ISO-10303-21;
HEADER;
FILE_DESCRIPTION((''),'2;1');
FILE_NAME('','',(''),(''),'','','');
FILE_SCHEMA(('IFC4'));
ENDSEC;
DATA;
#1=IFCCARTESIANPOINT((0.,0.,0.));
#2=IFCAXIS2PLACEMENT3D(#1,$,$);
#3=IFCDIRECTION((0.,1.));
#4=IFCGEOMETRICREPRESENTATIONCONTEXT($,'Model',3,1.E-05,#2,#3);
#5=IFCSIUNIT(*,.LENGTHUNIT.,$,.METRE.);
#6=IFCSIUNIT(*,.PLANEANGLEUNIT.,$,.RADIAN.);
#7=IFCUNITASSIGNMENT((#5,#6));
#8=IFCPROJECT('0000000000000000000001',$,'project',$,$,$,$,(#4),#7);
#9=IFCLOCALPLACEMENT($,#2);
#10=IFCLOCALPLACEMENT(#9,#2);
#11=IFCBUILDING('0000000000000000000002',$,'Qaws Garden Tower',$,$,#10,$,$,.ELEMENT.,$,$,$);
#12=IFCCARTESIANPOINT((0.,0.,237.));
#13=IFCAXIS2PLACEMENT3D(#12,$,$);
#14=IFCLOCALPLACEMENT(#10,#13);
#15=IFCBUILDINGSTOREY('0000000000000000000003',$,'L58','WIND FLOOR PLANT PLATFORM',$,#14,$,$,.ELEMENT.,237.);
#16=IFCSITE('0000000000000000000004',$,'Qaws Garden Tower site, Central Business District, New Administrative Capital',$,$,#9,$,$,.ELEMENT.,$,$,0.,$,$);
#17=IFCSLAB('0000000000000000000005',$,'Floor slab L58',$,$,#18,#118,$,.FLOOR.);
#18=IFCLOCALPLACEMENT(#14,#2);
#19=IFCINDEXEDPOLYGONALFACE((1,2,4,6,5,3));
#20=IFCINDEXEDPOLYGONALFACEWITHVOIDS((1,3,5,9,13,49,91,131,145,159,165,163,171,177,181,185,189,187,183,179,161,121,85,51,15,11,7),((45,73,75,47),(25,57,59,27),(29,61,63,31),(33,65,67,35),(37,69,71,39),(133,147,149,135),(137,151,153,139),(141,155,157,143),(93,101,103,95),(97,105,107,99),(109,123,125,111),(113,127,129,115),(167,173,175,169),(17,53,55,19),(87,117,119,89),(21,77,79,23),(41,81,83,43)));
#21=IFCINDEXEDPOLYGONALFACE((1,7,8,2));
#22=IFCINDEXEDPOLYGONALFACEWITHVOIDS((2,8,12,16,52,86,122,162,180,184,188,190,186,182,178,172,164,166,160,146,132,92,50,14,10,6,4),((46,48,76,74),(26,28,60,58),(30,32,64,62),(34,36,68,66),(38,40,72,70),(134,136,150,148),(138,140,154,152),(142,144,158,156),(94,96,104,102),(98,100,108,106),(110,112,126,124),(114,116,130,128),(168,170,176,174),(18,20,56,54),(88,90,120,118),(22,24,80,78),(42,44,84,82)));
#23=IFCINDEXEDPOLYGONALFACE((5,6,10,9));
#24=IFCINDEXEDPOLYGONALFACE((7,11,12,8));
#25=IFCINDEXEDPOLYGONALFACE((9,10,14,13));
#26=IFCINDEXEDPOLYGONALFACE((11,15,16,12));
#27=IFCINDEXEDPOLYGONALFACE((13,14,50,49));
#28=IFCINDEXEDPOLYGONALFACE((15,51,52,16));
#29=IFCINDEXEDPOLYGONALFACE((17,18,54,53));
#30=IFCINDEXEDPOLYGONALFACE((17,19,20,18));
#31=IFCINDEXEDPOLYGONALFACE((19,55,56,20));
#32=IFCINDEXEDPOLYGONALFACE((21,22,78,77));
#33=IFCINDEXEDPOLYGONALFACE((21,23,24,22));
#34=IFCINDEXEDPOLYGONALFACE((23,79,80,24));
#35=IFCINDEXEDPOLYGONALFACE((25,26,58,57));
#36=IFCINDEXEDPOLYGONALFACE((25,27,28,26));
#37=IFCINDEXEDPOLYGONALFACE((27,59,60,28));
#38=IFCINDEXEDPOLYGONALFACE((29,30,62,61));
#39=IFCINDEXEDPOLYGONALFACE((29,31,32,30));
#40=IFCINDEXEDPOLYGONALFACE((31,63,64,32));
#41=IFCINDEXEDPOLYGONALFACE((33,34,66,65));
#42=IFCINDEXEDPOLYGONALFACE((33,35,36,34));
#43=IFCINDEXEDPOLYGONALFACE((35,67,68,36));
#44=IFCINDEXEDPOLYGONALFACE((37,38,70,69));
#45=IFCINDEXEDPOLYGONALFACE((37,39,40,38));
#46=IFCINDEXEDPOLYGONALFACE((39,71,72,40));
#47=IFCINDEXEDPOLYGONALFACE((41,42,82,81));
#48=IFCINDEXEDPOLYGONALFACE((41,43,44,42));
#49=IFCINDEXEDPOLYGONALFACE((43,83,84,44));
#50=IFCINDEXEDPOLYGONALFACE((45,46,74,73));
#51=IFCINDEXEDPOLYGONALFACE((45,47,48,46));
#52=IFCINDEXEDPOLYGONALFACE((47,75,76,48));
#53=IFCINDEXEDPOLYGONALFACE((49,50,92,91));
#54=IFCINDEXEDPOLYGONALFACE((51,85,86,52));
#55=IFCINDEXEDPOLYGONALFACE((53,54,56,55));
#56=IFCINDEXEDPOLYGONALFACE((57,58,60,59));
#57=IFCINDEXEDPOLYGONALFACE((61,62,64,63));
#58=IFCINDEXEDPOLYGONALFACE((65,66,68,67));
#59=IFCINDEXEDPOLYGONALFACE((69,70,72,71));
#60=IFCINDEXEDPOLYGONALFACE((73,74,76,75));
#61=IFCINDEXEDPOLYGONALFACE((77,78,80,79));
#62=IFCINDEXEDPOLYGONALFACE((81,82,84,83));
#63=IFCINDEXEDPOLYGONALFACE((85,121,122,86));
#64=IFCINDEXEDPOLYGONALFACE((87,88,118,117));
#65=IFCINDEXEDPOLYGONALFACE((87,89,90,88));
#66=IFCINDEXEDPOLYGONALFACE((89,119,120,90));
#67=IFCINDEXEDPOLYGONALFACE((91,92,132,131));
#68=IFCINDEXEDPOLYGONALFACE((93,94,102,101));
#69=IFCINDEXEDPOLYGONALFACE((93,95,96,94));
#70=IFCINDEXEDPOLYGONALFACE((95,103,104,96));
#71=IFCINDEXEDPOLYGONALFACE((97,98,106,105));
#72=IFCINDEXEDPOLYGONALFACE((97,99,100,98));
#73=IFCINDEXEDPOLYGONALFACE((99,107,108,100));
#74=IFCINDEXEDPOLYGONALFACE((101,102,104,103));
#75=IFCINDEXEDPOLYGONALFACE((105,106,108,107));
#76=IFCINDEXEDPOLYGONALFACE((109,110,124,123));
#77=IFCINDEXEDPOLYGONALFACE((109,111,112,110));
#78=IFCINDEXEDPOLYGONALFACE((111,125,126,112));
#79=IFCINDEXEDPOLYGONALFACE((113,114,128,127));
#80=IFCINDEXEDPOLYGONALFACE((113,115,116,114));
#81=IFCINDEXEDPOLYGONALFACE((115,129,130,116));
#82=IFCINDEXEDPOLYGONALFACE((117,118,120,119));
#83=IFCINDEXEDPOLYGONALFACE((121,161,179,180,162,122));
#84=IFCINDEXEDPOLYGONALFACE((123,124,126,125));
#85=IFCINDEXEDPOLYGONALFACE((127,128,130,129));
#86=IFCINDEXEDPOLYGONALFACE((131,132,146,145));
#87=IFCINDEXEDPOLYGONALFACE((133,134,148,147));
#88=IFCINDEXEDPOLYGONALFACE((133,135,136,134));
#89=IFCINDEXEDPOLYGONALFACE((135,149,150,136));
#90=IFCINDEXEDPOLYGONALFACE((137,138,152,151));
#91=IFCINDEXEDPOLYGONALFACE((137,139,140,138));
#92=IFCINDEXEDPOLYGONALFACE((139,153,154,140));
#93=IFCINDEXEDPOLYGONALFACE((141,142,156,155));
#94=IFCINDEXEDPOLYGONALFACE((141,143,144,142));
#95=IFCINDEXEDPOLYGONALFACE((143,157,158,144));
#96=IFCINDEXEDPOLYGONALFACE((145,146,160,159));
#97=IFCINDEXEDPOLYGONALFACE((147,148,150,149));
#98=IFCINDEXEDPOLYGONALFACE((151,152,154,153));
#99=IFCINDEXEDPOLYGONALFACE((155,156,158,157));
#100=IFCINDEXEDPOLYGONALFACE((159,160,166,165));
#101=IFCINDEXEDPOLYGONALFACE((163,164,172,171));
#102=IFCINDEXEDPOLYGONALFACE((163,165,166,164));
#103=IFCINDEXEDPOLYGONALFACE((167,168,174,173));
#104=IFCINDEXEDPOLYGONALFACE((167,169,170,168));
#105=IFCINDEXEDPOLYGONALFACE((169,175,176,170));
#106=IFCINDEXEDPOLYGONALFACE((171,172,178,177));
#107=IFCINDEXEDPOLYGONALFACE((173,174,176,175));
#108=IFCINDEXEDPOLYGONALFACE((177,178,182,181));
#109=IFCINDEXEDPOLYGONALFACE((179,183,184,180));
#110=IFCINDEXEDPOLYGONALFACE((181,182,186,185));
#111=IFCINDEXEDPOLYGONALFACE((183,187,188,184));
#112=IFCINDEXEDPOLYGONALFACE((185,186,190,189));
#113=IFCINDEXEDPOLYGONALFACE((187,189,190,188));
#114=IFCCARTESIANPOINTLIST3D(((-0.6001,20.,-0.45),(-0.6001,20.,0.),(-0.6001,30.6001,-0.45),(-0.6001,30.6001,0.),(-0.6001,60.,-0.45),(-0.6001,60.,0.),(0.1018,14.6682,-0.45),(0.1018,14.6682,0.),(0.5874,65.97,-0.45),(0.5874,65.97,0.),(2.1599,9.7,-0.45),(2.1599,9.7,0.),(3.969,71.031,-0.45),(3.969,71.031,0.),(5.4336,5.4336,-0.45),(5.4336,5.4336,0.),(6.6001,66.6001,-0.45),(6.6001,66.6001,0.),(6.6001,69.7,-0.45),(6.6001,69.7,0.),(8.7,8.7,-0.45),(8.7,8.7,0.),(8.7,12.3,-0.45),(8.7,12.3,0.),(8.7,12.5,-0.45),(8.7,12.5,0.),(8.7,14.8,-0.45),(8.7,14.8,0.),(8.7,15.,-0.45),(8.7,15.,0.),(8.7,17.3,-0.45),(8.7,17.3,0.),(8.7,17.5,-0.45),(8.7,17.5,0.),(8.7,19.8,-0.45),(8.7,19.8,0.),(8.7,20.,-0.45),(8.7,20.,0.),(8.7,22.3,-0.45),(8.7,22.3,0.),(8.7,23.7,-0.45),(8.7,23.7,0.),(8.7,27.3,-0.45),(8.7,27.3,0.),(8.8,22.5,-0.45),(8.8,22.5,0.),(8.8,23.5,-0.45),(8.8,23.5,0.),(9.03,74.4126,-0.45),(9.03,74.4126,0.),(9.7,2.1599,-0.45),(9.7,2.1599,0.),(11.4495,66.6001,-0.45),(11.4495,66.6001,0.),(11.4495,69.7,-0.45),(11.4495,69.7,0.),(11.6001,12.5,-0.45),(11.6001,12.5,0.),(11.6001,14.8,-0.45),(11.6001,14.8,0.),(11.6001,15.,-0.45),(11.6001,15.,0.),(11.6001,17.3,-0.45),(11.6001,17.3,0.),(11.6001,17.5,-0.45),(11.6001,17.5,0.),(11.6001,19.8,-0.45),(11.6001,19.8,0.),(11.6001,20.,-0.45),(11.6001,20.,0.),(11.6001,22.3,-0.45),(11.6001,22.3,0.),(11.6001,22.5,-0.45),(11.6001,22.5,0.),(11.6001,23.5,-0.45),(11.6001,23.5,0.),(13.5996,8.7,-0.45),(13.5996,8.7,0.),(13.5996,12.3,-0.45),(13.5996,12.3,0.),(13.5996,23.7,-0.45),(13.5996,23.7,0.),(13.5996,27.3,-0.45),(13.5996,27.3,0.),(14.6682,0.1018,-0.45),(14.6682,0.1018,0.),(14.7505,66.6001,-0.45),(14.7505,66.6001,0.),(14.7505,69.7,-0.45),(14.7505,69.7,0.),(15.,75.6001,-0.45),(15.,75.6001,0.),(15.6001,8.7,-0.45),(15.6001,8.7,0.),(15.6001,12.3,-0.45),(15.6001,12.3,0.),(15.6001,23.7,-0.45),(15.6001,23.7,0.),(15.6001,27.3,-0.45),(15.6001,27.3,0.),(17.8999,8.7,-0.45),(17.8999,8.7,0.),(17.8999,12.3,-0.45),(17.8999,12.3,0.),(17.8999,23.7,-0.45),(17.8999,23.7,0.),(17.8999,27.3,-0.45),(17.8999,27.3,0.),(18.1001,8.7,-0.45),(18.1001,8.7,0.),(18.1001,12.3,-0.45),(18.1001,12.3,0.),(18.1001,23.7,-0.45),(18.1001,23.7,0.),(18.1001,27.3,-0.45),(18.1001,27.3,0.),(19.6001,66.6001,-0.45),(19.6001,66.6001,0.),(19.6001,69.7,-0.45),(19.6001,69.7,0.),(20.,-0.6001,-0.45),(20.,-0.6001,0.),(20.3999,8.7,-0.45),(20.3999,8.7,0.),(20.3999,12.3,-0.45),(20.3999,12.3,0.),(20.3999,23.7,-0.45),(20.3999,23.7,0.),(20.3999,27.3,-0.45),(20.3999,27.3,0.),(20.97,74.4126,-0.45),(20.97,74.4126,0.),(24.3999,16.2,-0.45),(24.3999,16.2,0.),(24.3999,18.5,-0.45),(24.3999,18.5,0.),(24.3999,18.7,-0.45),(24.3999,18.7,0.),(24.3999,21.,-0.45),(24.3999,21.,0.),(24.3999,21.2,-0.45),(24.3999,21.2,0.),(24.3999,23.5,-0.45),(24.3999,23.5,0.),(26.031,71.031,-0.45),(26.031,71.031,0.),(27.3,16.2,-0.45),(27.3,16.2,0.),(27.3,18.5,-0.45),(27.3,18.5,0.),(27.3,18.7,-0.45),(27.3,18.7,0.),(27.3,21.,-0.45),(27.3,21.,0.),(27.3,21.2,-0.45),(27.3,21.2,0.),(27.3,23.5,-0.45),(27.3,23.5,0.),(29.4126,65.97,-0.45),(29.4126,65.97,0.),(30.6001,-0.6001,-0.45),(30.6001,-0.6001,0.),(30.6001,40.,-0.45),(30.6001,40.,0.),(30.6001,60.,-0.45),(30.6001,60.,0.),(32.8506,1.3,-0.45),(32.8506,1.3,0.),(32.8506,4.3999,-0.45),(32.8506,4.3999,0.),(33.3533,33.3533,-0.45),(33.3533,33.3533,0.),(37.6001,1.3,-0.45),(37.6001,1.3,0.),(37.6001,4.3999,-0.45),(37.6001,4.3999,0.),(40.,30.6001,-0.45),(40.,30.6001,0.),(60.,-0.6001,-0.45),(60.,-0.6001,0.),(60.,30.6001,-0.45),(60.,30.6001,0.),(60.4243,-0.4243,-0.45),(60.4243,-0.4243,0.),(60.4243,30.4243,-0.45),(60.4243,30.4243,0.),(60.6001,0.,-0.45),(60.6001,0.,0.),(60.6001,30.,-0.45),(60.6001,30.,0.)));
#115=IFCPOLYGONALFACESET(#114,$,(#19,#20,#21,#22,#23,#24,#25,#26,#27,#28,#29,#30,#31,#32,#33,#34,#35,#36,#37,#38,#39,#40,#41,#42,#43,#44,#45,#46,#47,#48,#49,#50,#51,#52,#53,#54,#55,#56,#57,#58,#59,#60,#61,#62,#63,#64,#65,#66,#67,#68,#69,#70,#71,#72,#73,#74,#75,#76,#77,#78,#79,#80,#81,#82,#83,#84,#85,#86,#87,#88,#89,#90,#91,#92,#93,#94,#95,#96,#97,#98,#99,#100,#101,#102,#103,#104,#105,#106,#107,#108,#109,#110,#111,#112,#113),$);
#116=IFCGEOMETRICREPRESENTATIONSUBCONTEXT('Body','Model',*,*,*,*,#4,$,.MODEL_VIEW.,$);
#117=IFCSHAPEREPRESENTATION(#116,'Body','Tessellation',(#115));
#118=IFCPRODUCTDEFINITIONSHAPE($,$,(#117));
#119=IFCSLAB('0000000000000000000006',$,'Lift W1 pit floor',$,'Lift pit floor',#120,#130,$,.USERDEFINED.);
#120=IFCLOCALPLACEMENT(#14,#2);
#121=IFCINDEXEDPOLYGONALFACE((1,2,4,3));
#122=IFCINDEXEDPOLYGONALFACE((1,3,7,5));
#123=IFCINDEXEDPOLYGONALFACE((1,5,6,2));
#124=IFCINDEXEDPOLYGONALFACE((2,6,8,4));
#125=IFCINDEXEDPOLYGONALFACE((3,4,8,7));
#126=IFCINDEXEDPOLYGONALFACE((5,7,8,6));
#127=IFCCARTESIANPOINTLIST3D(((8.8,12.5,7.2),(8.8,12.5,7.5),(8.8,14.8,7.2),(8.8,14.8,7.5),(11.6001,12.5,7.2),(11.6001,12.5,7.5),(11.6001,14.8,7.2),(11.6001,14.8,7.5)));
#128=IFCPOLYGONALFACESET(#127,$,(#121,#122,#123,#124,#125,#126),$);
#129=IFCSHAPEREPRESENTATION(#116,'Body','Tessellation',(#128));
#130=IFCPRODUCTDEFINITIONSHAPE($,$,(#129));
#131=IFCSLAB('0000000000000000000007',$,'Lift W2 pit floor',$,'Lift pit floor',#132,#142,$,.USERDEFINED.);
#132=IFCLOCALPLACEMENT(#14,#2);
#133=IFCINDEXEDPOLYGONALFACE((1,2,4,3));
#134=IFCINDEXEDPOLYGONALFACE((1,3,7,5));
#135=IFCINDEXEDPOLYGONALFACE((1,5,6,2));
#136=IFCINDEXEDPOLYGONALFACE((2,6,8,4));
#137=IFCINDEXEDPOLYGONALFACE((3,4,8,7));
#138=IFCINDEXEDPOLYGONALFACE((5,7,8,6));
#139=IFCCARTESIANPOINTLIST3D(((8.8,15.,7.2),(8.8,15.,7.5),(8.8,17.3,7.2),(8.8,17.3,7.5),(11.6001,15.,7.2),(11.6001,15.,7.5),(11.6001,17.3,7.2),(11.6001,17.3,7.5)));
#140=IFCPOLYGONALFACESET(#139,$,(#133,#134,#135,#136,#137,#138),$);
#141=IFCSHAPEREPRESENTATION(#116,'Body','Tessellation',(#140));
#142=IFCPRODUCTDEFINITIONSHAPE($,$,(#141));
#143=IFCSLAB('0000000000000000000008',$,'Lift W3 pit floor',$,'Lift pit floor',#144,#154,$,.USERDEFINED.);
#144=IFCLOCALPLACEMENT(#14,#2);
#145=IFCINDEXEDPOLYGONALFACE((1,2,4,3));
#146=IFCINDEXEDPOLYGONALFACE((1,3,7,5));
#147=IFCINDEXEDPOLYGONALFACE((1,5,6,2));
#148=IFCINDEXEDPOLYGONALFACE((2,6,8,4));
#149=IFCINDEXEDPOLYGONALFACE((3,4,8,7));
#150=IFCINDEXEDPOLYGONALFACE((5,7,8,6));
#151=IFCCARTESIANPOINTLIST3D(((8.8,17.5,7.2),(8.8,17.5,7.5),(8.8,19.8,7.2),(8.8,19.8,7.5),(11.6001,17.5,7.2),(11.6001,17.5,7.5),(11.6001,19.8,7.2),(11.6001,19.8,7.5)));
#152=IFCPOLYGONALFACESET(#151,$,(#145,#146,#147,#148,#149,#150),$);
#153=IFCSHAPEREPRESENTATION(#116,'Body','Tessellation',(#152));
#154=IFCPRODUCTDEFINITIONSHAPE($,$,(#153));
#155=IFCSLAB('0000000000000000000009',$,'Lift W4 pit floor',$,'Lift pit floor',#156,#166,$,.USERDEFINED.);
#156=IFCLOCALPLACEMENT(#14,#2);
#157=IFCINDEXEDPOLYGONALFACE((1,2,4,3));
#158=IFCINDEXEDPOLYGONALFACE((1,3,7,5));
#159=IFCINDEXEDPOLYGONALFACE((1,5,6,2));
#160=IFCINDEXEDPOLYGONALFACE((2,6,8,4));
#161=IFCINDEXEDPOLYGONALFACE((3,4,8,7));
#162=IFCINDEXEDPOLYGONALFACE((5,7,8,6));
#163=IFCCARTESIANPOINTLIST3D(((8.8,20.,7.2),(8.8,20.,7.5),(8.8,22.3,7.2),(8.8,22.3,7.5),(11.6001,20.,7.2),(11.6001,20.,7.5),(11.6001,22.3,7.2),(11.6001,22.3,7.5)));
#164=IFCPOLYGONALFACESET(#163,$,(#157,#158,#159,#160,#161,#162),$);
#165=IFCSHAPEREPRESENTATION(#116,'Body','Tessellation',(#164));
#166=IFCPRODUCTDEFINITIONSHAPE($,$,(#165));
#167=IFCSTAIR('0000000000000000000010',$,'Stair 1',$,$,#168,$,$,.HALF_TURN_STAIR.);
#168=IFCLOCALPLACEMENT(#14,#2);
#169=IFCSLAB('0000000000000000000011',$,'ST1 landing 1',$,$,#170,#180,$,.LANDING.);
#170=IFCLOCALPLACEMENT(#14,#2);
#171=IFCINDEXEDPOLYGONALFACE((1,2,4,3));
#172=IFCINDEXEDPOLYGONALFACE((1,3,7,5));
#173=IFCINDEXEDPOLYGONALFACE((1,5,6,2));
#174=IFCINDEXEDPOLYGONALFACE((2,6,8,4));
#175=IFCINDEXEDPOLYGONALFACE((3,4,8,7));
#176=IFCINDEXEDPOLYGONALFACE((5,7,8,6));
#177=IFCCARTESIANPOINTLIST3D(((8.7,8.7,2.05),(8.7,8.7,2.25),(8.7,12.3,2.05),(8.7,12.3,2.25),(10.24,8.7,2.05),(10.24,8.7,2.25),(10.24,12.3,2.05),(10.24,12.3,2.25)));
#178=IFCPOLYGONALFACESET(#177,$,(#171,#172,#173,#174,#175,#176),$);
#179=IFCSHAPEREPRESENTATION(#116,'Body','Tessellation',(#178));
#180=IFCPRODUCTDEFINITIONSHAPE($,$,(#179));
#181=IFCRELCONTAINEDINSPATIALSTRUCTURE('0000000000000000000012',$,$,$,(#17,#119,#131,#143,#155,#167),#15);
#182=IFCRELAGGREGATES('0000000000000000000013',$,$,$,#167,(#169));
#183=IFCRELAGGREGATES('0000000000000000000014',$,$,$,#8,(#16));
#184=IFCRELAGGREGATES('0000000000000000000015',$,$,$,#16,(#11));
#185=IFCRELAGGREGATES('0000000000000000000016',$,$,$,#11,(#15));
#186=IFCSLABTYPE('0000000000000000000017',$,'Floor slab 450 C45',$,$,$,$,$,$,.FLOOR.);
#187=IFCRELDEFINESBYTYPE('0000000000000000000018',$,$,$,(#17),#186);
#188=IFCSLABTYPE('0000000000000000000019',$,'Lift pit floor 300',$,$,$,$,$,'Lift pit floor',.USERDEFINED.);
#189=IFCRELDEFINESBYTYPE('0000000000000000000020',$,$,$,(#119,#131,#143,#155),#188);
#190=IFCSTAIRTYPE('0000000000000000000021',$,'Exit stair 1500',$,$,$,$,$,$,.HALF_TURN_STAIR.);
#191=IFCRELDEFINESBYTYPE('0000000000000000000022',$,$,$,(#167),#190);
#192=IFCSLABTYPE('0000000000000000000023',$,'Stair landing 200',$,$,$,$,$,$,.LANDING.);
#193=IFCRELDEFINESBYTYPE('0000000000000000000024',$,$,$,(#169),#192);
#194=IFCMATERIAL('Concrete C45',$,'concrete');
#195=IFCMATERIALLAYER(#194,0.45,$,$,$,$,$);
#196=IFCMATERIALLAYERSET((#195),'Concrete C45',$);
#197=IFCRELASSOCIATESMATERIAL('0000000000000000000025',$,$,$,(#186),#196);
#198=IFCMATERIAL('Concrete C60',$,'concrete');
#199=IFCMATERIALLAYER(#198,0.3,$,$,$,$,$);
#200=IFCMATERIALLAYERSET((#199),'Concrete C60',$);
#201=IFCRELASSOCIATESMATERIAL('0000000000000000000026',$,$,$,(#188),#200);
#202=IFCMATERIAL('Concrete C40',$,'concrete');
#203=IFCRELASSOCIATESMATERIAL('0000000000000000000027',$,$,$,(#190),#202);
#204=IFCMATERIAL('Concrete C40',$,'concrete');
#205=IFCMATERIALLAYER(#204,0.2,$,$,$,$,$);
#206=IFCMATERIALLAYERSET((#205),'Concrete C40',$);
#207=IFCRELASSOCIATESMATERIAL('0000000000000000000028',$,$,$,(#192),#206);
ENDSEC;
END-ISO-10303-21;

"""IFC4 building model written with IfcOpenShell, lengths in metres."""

from ifc_helpers import new_model, si_unit, direction, frame, origin, place, context, subcontext, project, spatial, polyline, outline, extrude, material, layer, layer_set, type_object, element, aggregate, save


model = new_model("IFC4")

# Units and contexts
model_context = context("Model", 3, precision=1e-05, world=origin(), true_north=direction((0.0, 1.0)))
body_context = subcontext(model_context, "Body", "Model", "MODEL_VIEW")
ifc_project = project(units=[si_unit("LENGTHUNIT", "METRE"), si_unit("PLANEANGLEUNIT", "RADIAN")], contexts=[model_context])

# Site, building, storey
site_placement = place(None, origin())
site = spatial("IfcSite", under=ifc_project, at=site_placement, Name="Qaws Garden Tower site, Central Business District, New Administrative Capital", CompositionType="ELEMENT", RefElevation=0.0)
building_placement = place(site_placement, origin())
building = spatial("IfcBuilding", under=site, at=building_placement, Name="Qaws Garden Tower", CompositionType="ELEMENT")
storey_placement = place(building_placement, frame((0.0, 0.0, 237.0)))
storey = spatial("IfcBuildingStorey", under=building, at=storey_placement, Name="L58", Description="WIND FLOOR PLANT PLATFORM", CompositionType="ELEMENT", Elevation=237.0)

# Slabs
ifc_material_1 = material(Name="Concrete C45", Category="concrete")
ifc_layer_1 = layer(ifc_material_1, 0.45)
ifc_layer_set_1 = layer_set([ifc_layer_1], Name="Concrete C45")
slab_type_1 = type_object("IfcSlabType", Name="Floor slab 450 C45", PredefinedType="FLOOR", material=ifc_layer_set_1)
slab_1_placement = place(storey_placement, frame((0.0, 0.0, -0.45)))
element("IfcSlab", 1, at=slab_1_placement, inside=storey, type_object=slab_type_1, Name="Floor slab L58", PredefinedType="FLOOR", context=body_context, shape_type="SweptSolid", body=[
    extrude(outline(polyline([(0.1018, 14.6682), (-0.6001, 20.0), (-0.6001, 30.6001), (-0.6001, 60.0), (-0.6001, 60.0), (0.5874, 65.97), (3.969, 71.031), (9.03, 74.4126), (15.0, 75.6001), (20.97, 74.4126), (26.031, 71.031), (29.4126, 65.97), (30.6001, 60.0), (30.6001, 40.0), (33.3533, 33.3533), (40.0, 30.6001), (60.0, 30.6001), (60.4243, 30.4243), (60.6001, 30.0), (60.6001, 0.0), (60.4243, -0.4243), (60.0, -0.6001), (30.6001, -0.6001), (20.0, -0.6001), (14.6682, 0.1018), (9.7, 2.1599), (5.4336, 5.4336), (2.1599, 9.7), (0.1018, 14.6682)]), holes=[polyline([(13.5996, 12.3), (8.7, 12.3), (8.7, 8.7), (13.5996, 8.7), (13.5996, 12.3)]), polyline([(17.8999, 12.3), (15.6001, 12.3), (15.6001, 8.7), (17.8999, 8.7), (17.8999, 12.3)]), polyline([(11.6001, 14.8), (8.7, 14.8), (8.7, 12.5), (11.6001, 12.5), (11.6001, 14.8)]), polyline([(11.6001, 17.3), (8.7, 17.3), (8.7, 15.0), (11.6001, 15.0), (11.6001, 17.3)]), polyline([(11.6001, 19.8), (8.7, 19.8), (8.7, 17.5), (11.6001, 17.5), (11.6001, 19.8)]), polyline([(11.6001, 22.3), (8.7, 22.3), (8.7, 20.0), (11.6001, 20.0), (11.6001, 22.3)]), polyline([(11.6001, 23.5), (8.8, 23.5), (8.8, 22.5), (11.6001, 22.5), (11.6001, 23.5)]), polyline([(13.5996, 27.3), (8.7, 27.3), (8.7, 23.7), (13.5996, 23.7), (13.5996, 27.3)]), polyline([(11.4495, 69.7), (6.6001, 69.7), (6.6001, 66.6001), (11.4495, 66.6001), (11.4495, 69.7)]), polyline([(37.6001, 4.3999), (32.8506, 4.3999), (32.8506, 1.3), (37.6001, 1.3), (37.6001, 4.3999)]), polyline([(20.3999, 12.3), (18.1001, 12.3), (18.1001, 8.7), (20.3999, 8.7), (20.3999, 12.3)]), polyline([(27.3, 18.5), (24.3999, 18.5), (24.3999, 16.2), (27.3, 16.2), (27.3, 18.5)]), polyline([(27.3, 21.0), (24.3999, 21.0), (24.3999, 18.7), (27.3, 18.7), (27.3, 21.0)]), polyline([(27.3, 23.5), (24.3999, 23.5), (24.3999, 21.2), (27.3, 21.2), (27.3, 23.5)]), polyline([(17.8999, 27.3), (15.6001, 27.3), (15.6001, 23.7), (17.8999, 23.7), (17.8999, 27.3)]), polyline([(20.3999, 23.7), (20.3999, 27.3), (18.1001, 27.3), (18.1001, 23.7), (20.3999, 23.7)]), polyline([(19.6001, 66.6001), (19.6001, 69.7), (14.7505, 69.7), (14.7505, 66.6001), (19.6001, 66.6001)])]), origin(), (0.0, 0.0, 1.0), 0.45),
])
ifc_material_2 = material(Name="Concrete C60", Category="concrete")
ifc_layer_2 = layer(ifc_material_2, 0.3)
ifc_layer_set_2 = layer_set([ifc_layer_2], Name="Concrete C60")
slab_type_2 = type_object("IfcSlabType", Name="Lift pit floor 300", ElementType="Lift pit floor", PredefinedType="USERDEFINED", material=ifc_layer_set_2)
placement_1 = place(storey_placement, frame((0.0, 0.0, 7.2)))
element("IfcSlab", 2, at=placement_1, inside=storey, type_object=slab_type_2, Name="Lift W1 pit floor", ObjectType="Lift pit floor", PredefinedType="USERDEFINED", context=body_context, shape_type="SweptSolid", body=[
    extrude(outline(polyline([(8.8, 12.5), (11.6001, 12.5), (11.6001, 14.8), (8.8, 14.8), (8.8, 12.5)])), origin(), (0.0, 0.0, 1.0), 0.3),
])
element("IfcSlab", 3, at=placement_1, inside=storey, type_object=slab_type_2, Name="Lift W2 pit floor", ObjectType="Lift pit floor", PredefinedType="USERDEFINED", context=body_context, shape_type="SweptSolid", body=[
    extrude(outline(polyline([(8.8, 15.0), (11.6001, 15.0), (11.6001, 17.3), (8.8, 17.3), (8.8, 15.0)])), origin(), (0.0, 0.0, 1.0), 0.3),
])
element("IfcSlab", 4, at=placement_1, inside=storey, type_object=slab_type_2, Name="Lift W3 pit floor", ObjectType="Lift pit floor", PredefinedType="USERDEFINED", context=body_context, shape_type="SweptSolid", body=[
    extrude(outline(polyline([(8.8, 17.5), (11.6001, 17.5), (11.6001, 19.8), (8.8, 19.8), (8.8, 17.5)])), origin(), (0.0, 0.0, 1.0), 0.3),
])
element("IfcSlab", 5, at=placement_1, inside=storey, type_object=slab_type_2, Name="Lift W4 pit floor", ObjectType="Lift pit floor", PredefinedType="USERDEFINED", context=body_context, shape_type="SweptSolid", body=[
    extrude(outline(polyline([(8.8, 20.0), (11.6001, 20.0), (11.6001, 22.3), (8.8, 22.3), (8.8, 20.0)])), origin(), (0.0, 0.0, 1.0), 0.3),
])

# Stair, slab
ifc_material_3 = material(Name="Concrete C40", Category="concrete")
stair_type_1 = type_object("IfcStairType", Name="Exit stair 1500", PredefinedType="HALF_TURN_STAIR", material=ifc_material_3)
placement_2 = place(storey_placement, origin())
stair_1 = element("IfcStair", 6, at=placement_2, inside=storey, type_object=stair_type_1, Name="Stair 1", PredefinedType="HALF_TURN_STAIR")
ifc_material_4 = material(Name="Concrete C40", Category="concrete")
ifc_layer_3 = layer(ifc_material_4, 0.2)
ifc_layer_set_3 = layer_set([ifc_layer_3], Name="Concrete C40")
slab_type_3 = type_object("IfcSlabType", Name="Stair landing 200", PredefinedType="LANDING", material=ifc_layer_set_3)
placement_3 = place(storey_placement, frame((0.0, 0.0, 2.05)))
slab_2 = element("IfcSlab", 7, at=placement_3, type_object=slab_type_3, Name="ST1 landing 1", PredefinedType="LANDING", context=body_context, shape_type="SweptSolid", body=[
    extrude(outline(polyline([(8.7, 8.7), (10.24, 8.7), (10.24, 12.3), (8.7, 12.3), (8.7, 8.7)])), origin(), (0.0, 0.0, 1.0), 0.2),
])
aggregate(stair_1, [slab_2])

save(model, "model.ifc")
